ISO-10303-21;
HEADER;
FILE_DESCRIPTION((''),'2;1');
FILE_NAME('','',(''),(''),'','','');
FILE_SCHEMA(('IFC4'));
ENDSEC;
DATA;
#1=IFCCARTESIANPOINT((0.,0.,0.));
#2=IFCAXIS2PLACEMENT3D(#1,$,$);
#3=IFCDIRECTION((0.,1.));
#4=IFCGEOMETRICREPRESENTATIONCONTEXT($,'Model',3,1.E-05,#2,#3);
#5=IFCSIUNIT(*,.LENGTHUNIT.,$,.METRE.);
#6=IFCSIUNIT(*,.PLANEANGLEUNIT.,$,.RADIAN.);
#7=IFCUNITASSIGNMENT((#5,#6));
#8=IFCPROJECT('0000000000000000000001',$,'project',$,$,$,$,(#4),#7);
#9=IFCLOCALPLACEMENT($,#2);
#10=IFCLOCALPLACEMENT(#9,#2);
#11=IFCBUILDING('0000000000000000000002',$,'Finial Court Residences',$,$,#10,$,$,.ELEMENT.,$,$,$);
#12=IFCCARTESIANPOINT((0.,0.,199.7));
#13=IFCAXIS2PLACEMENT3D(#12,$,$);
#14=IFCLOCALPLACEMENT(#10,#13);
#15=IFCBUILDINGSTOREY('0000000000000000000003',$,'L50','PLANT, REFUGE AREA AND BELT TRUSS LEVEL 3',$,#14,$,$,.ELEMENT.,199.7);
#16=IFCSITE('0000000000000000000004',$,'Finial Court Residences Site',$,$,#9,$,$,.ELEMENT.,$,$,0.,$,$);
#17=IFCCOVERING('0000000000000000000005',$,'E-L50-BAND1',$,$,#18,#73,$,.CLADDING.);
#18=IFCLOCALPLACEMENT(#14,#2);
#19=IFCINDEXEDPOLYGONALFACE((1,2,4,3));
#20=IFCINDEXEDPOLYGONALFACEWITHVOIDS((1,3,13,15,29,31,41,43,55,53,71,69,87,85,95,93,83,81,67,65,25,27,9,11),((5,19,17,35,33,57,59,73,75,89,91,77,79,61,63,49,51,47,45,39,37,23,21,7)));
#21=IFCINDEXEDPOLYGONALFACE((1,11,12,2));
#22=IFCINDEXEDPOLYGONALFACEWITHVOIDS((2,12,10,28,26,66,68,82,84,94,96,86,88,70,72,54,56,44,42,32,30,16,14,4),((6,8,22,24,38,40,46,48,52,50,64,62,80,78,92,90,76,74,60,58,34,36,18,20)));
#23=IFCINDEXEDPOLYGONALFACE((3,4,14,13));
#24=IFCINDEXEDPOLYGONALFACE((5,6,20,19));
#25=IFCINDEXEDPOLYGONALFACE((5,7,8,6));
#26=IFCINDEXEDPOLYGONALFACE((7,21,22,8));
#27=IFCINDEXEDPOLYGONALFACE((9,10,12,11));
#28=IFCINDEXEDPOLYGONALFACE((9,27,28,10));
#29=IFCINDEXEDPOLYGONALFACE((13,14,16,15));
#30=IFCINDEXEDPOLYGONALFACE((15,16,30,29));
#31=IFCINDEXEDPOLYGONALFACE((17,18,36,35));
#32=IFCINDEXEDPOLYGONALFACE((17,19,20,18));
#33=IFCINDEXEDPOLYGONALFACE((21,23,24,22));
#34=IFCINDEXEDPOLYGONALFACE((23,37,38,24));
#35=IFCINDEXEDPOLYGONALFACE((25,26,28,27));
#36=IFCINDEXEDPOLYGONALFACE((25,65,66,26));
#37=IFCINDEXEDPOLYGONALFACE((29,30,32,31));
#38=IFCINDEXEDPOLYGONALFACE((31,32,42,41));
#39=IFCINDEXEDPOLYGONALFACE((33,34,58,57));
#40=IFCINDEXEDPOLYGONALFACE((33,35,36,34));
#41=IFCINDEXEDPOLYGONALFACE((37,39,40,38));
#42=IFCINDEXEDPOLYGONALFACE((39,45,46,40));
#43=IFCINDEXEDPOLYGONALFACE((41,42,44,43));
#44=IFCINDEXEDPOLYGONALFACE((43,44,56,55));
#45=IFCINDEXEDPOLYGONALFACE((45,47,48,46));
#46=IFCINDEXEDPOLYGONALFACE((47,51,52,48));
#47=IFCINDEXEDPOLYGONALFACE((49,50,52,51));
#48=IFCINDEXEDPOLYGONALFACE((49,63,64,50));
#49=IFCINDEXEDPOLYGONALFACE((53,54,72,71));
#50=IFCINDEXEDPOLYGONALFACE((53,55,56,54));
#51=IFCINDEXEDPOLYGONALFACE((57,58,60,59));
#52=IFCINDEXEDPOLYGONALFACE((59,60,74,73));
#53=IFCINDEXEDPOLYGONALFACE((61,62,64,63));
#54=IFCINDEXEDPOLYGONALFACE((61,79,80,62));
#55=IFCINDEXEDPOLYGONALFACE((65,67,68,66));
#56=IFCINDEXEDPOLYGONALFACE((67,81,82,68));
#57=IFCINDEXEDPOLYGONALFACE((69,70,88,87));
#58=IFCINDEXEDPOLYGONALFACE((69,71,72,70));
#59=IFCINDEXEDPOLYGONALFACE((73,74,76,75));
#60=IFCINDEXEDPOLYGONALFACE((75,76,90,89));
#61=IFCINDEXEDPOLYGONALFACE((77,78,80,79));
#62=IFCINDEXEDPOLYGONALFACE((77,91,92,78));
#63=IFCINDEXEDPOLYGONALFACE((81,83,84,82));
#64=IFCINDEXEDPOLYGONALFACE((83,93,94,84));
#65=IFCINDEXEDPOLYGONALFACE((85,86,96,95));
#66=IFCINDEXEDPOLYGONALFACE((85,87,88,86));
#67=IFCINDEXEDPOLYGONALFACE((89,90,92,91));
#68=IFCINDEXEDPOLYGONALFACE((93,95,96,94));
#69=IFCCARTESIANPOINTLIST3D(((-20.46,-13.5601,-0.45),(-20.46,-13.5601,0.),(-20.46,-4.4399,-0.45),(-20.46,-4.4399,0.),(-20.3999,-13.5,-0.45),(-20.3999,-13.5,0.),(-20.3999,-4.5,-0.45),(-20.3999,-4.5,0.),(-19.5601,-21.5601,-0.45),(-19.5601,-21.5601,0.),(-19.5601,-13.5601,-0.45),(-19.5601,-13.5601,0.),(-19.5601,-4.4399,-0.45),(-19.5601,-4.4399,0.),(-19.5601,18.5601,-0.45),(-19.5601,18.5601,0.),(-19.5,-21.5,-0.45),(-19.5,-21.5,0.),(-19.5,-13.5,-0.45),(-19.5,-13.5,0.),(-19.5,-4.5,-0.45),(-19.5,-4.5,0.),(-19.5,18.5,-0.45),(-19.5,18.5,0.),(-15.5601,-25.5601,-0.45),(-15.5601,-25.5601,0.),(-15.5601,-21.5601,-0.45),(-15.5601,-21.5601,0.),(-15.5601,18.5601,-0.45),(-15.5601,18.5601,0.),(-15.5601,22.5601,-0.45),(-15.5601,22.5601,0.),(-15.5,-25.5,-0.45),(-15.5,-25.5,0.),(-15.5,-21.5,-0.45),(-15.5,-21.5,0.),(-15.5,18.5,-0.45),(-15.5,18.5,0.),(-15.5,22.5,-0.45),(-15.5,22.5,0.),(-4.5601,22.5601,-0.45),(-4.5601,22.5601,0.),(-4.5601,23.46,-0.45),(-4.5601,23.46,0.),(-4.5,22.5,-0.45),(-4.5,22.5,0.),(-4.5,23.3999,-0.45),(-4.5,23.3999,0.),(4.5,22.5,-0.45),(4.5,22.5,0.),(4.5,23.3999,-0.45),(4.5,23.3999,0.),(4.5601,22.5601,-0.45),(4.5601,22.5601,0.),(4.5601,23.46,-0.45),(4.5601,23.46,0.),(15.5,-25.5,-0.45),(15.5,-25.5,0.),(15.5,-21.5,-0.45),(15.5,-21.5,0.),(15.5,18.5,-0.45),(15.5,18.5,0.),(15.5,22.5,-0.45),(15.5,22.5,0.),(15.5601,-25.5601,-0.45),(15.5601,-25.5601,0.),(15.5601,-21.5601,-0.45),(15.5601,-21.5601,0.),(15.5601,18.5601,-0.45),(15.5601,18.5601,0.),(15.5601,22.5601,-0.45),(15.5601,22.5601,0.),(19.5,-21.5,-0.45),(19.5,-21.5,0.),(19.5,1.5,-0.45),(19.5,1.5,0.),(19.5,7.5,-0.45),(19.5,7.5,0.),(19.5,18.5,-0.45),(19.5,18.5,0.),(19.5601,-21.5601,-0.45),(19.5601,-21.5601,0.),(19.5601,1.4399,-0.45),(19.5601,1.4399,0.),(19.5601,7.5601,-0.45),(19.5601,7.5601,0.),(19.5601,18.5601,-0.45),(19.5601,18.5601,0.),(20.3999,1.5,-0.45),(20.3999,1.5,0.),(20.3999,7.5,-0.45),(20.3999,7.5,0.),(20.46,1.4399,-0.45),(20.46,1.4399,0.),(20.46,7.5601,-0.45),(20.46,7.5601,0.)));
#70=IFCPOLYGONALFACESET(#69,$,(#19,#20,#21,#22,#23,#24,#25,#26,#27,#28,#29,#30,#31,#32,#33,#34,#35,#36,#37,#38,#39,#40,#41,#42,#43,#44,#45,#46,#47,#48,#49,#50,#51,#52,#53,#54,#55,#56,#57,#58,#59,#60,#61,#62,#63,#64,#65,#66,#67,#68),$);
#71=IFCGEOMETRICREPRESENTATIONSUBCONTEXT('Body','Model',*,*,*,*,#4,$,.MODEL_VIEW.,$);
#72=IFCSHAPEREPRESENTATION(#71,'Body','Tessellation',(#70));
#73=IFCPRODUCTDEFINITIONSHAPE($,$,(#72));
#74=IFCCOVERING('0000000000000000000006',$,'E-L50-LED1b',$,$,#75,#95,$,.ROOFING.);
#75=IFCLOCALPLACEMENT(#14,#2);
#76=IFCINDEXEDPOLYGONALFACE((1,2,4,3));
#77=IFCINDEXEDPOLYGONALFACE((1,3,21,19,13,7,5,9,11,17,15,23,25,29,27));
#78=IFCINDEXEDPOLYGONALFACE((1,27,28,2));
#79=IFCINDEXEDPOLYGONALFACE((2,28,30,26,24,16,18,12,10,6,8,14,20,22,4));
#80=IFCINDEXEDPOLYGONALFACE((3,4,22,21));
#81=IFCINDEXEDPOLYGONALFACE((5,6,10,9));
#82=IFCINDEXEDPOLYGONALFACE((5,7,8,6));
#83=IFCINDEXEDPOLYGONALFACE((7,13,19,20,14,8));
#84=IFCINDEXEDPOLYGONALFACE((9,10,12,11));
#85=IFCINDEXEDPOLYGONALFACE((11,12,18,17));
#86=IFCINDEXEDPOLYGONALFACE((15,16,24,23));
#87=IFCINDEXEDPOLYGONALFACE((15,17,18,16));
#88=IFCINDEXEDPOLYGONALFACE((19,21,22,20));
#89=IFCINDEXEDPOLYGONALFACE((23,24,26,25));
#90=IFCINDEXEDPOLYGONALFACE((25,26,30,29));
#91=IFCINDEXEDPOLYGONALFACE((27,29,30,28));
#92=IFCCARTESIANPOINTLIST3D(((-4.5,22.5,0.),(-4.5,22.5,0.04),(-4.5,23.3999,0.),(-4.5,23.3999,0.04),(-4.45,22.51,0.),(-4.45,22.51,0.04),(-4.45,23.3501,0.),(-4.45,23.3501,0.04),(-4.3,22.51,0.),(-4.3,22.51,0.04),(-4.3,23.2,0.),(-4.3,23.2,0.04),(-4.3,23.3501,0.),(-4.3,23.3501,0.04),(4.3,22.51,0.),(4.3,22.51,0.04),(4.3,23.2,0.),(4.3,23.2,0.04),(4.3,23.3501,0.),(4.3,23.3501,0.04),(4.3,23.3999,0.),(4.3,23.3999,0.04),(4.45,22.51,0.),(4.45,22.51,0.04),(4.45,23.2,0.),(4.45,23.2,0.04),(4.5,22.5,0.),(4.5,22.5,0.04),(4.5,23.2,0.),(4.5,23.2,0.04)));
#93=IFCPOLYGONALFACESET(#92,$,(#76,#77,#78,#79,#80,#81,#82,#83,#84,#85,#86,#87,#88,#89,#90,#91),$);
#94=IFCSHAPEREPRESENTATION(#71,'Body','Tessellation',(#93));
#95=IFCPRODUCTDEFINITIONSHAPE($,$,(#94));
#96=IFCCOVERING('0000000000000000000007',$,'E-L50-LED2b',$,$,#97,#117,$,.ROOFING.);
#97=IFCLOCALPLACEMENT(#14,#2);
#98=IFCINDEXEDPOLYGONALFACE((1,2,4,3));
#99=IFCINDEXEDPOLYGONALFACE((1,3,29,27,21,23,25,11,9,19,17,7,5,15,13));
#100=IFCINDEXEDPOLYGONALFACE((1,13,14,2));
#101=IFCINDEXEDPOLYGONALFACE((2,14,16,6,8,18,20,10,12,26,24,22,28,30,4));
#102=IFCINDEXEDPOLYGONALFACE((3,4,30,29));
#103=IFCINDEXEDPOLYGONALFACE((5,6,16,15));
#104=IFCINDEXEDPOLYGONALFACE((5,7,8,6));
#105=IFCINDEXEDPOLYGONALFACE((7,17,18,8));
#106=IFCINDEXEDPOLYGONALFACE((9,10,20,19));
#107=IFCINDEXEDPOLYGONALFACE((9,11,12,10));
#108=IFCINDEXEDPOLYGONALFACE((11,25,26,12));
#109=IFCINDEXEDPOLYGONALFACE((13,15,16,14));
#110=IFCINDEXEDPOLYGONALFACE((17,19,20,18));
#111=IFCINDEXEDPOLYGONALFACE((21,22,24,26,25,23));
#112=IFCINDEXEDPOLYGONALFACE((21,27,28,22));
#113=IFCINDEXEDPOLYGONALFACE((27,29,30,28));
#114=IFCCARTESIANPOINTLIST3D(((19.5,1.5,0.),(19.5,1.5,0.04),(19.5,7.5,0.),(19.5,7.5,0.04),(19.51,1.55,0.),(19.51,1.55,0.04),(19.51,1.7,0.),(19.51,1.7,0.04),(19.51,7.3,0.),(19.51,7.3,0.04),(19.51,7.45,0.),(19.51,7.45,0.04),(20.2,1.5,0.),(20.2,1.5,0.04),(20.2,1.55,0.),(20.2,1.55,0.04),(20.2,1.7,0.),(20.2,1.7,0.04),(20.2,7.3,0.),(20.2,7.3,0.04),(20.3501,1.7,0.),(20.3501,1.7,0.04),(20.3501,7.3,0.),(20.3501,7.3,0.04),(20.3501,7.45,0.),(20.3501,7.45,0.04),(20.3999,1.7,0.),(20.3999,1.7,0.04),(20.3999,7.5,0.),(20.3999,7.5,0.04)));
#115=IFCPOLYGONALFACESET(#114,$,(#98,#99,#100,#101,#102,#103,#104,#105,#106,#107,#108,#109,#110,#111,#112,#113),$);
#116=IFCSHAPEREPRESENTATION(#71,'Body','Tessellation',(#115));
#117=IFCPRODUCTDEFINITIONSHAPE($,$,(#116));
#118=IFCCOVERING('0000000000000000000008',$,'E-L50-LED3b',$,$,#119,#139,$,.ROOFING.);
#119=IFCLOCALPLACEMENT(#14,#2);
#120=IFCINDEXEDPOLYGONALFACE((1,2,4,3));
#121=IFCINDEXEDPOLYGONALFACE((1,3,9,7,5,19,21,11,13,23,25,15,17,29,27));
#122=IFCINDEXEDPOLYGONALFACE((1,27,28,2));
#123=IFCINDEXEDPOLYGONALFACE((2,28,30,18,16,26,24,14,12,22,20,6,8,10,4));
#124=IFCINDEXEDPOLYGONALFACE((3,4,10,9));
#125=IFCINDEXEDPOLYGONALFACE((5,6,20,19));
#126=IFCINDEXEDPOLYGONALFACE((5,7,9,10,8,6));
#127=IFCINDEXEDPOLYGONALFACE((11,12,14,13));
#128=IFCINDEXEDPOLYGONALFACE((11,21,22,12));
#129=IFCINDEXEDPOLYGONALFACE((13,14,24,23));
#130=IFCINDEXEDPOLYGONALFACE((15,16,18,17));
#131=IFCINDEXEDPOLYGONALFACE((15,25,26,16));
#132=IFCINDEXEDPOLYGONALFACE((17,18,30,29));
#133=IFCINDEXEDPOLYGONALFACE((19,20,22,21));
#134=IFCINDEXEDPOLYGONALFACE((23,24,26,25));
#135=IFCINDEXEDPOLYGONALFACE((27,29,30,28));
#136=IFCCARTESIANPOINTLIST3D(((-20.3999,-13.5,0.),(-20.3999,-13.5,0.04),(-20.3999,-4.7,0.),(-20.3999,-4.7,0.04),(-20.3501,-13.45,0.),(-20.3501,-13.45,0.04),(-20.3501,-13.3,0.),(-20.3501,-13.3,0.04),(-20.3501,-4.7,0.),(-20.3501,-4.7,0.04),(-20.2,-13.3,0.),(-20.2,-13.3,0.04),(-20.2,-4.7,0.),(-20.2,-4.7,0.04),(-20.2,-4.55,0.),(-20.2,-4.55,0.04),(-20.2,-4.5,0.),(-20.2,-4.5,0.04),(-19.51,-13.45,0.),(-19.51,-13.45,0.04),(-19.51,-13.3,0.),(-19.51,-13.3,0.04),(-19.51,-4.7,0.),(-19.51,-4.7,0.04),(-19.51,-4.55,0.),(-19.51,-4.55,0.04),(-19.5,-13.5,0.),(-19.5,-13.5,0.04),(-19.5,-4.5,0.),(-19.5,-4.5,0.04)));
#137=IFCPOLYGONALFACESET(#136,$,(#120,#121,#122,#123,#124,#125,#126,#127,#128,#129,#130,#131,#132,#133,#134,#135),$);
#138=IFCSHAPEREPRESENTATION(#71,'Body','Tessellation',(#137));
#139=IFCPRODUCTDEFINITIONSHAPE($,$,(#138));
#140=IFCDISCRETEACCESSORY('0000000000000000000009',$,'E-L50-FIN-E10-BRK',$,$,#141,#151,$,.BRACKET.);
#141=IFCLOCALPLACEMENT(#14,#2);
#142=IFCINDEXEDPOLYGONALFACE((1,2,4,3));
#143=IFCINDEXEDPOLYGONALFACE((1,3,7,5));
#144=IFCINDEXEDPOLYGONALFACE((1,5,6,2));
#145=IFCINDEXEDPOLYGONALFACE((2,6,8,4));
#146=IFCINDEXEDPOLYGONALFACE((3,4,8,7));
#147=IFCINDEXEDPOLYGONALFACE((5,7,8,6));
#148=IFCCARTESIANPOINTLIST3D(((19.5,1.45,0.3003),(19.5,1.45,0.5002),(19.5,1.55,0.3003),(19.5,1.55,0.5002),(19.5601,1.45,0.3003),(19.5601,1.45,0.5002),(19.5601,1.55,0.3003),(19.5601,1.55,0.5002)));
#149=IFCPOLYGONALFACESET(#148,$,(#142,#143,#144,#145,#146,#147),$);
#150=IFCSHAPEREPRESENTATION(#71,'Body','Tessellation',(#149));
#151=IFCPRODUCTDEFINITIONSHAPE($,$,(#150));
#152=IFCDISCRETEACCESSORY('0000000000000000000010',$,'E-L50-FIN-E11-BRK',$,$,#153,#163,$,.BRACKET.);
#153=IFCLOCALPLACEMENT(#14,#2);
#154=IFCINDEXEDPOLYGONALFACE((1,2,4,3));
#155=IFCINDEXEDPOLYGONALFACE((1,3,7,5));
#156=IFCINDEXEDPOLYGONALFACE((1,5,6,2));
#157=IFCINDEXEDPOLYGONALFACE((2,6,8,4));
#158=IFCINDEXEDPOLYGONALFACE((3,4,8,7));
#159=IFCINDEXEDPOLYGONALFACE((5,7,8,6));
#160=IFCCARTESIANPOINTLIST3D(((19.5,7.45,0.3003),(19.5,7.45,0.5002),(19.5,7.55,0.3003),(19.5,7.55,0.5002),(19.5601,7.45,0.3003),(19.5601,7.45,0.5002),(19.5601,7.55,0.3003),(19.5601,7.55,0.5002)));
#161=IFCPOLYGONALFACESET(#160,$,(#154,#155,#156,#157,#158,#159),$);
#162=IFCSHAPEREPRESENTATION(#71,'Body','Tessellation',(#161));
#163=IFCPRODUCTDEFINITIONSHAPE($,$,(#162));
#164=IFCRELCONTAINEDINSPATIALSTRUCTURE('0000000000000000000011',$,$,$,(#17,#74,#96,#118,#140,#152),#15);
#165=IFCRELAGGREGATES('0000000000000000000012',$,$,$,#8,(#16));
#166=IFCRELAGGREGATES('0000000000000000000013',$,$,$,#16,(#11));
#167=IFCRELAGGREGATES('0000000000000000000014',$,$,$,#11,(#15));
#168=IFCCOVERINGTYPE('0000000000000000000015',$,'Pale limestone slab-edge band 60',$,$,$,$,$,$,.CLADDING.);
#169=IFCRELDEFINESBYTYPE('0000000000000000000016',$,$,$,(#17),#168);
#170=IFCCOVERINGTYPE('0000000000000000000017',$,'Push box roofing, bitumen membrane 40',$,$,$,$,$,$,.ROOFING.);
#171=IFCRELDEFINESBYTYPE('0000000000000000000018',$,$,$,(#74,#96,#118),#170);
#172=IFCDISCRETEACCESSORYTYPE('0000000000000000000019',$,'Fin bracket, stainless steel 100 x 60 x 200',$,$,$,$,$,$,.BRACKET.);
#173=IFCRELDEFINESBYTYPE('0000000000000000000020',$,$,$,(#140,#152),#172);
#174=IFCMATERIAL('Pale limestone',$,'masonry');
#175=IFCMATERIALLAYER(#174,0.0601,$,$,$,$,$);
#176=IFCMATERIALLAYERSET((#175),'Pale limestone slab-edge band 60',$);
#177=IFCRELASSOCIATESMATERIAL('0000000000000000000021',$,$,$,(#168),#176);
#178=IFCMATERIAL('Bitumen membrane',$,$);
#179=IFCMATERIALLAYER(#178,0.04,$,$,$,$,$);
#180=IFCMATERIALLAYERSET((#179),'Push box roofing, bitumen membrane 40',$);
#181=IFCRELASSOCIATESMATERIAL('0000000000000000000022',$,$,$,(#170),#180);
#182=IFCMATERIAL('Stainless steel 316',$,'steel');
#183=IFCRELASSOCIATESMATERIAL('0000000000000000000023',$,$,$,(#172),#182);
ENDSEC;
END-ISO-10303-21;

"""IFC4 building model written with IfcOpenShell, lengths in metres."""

from ifc_helpers import new_model, si_unit, direction, frame, origin, origin_2d, place, context, subcontext, project, spatial, polyline, rectangle, outline, extrude, material, layer, layer_set, type_object, element, save


model = new_model("IFC4")

# Units and contexts
model_context = context("Model", 3, precision=1e-05, world=origin(), true_north=direction((0.0, 1.0)))
body_context = subcontext(model_context, "Body", "Model", "MODEL_VIEW")
ifc_project = project(units=[si_unit("LENGTHUNIT", "METRE"), si_unit("PLANEANGLEUNIT", "RADIAN")], contexts=[model_context])

# Site, building, storey
site_placement = place(None, origin())
site = spatial("IfcSite", under=ifc_project, at=site_placement, Name="Finial Court Residences Site", CompositionType="ELEMENT", RefElevation=0.0)
building_placement = place(site_placement, origin())
building = spatial("IfcBuilding", under=site, at=building_placement, Name="Finial Court Residences", CompositionType="ELEMENT")
storey_placement = place(building_placement, frame((0.0, 0.0, 199.7)))
storey = spatial("IfcBuildingStorey", under=building, at=storey_placement, Name="L50", Description="PLANT, REFUGE AREA AND BELT TRUSS LEVEL 3", CompositionType="ELEMENT", Elevation=199.7)

# Coverings
ifc_material_1 = material(Name="Pale limestone", Category="masonry")
ifc_layer_1 = layer(ifc_material_1, 0.0601)
ifc_layer_set_1 = layer_set([ifc_layer_1], Name="Pale limestone slab-edge band 60")
covering_type_1 = type_object("IfcCoveringType", Name="Pale limestone slab-edge band 60", PredefinedType="CLADDING", material=ifc_layer_set_1)
covering_1_placement = place(storey_placement, frame((0.0, 0.0, -0.45)))
element("IfcCovering", 1, at=covering_1_placement, inside=storey, type_object=covering_type_1, Name="E-L50-BAND1", PredefinedType="CLADDING", context=body_context, shape_type="SweptSolid", body=[
    extrude(outline(polyline([(-19.5601, 18.5601), (-15.5601, 18.5601), (-15.5601, 22.5601), (-4.5601, 22.5601), (-4.5601, 23.46), (4.5601, 23.46), (4.5601, 22.5601), (15.5601, 22.5601), (15.5601, 18.5601), (19.5601, 18.5601), (19.5601, 7.5601), (20.46, 7.5601), (20.46, 1.4399), (19.5601, 1.4399), (19.5601, -21.5601), (15.5601, -21.5601), (15.5601, -25.5601), (-15.5601, -25.5601), (-15.5601, -21.5601), (-19.5601, -21.5601), (-19.5601, -13.5601), (-20.46, -13.5601), (-20.46, -4.4399), (-19.5601, -4.4399), (-19.5601, 18.5601)]), holes=[polyline([(-20.3999, -4.5), (-20.3999, -13.5), (-19.5, -13.5), (-19.5, -21.5), (-15.5, -21.5), (-15.5, -25.5), (15.5, -25.5), (15.5, -21.5), (19.5, -21.5), (19.5, 1.5), (20.3999, 1.5), (20.3999, 7.5), (19.5, 7.5), (19.5, 18.5), (15.5, 18.5), (15.5, 22.5), (4.5, 22.5), (4.5, 23.3999), (-4.5, 23.3999), (-4.5, 22.5), (-15.5, 22.5), (-15.5, 18.5), (-19.5, 18.5), (-19.5, -4.5), (-20.3999, -4.5)])]), origin(), (0.0, 0.0, 1.0), 0.45),
])
ifc_material_2 = material(Name="Bitumen membrane")
ifc_layer_2 = layer(ifc_material_2, 0.04)
ifc_layer_set_2 = layer_set([ifc_layer_2], Name="Push box roofing, bitumen membrane 40")
covering_type_2 = type_object("IfcCoveringType", Name="Push box roofing, bitumen membrane 40", PredefinedType="ROOFING", material=ifc_layer_set_2)
covering_2_placement = place(storey_placement, origin())
element("IfcCovering", 2, at=covering_2_placement, inside=storey, type_object=covering_type_2, Name="E-L50-LED1b", PredefinedType="ROOFING", context=body_context, shape_type="SweptSolid", body=[
    extrude(outline(polyline([(4.5, 22.5), (-4.5, 22.5), (-4.5, 23.3999), (4.3, 23.3999), (4.3, 23.3501), (-4.3, 23.3501), (-4.3, 23.3501), (-4.45, 23.3501), (-4.45, 22.51), (-4.3, 22.51), (-4.3, 23.2), (4.3, 23.2), (4.3, 22.51), (4.45, 22.51), (4.45, 23.2), (4.5, 23.2), (4.5, 22.5)])), origin(), (0.0, 0.0, 1.0), 0.04),
])
covering_3_placement = place(storey_placement, origin())
element("IfcCovering", 3, at=covering_3_placement, inside=storey, type_object=covering_type_2, Name="E-L50-LED2b", PredefinedType="ROOFING", context=body_context, shape_type="SweptSolid", body=[
    extrude(outline(polyline([(19.5, 1.5), (19.5, 7.5), (20.3999, 7.5), (20.3999, 1.7), (20.3501, 1.7), (20.3501, 7.3), (20.3501, 7.3), (20.3501, 7.45), (19.51, 7.45), (19.51, 7.3), (20.2, 7.3), (20.2, 1.7), (19.51, 1.7), (19.51, 1.55), (20.2, 1.55), (20.2, 1.5), (19.5, 1.5)])), origin(), (0.0, 0.0, 1.0), 0.04),
])
covering_4_placement = place(storey_placement, origin())
element("IfcCovering", 4, at=covering_4_placement, inside=storey, type_object=covering_type_2, Name="E-L50-LED3b", PredefinedType="ROOFING", context=body_context, shape_type="SweptSolid", body=[
    extrude(outline(polyline([(-19.5, -4.5), (-19.5, -13.5), (-20.3999, -13.5), (-20.3999, -4.7), (-20.3501, -4.7), (-20.3501, -13.3), (-20.3501, -13.3), (-20.3501, -13.45), (-19.51, -13.45), (-19.51, -13.3), (-20.2, -13.3), (-20.2, -4.7), (-19.51, -4.7), (-19.51, -4.55), (-20.2, -4.55), (-20.2, -4.5), (-19.5, -4.5)])), origin(), (0.0, 0.0, 1.0), 0.04),
])

# Discrete accessories
ifc_material_3 = material(Name="Stainless steel 316", Category="steel")
discrete_accessory_type = type_object("IfcDiscreteAccessoryType", Name="Fin bracket, stainless steel 100 x 60 x 200", PredefinedType="BRACKET", material=ifc_material_3)
for number, where, z_axis, x_axis, name in (
    (5, (19.53, 1.5, 0.3003), (0.0, 0.0, 1.0), (1.0, 0.0, 0.0), "E-L50-FIN-E10-BRK"),
    (6, (19.53, 7.5, 0.3003), (0.0, 0.0, 1.0), (1.0, 0.0, 0.0), "E-L50-FIN-E11-BRK"),
):
    element("IfcDiscreteAccessory", number, at=place(storey_placement, frame(where, z_axis=z_axis, x_axis=x_axis)), inside=storey, type_object=discrete_accessory_type, Name=name, PredefinedType="BRACKET", context=body_context, shape_type="SweptSolid", body=[
        extrude(rectangle(XDim=0.0601, YDim=0.1001, at=origin_2d()), origin(), (0.0, 0.0, 1.0), 0.2),
    ])

save(model, "model.ifc")
